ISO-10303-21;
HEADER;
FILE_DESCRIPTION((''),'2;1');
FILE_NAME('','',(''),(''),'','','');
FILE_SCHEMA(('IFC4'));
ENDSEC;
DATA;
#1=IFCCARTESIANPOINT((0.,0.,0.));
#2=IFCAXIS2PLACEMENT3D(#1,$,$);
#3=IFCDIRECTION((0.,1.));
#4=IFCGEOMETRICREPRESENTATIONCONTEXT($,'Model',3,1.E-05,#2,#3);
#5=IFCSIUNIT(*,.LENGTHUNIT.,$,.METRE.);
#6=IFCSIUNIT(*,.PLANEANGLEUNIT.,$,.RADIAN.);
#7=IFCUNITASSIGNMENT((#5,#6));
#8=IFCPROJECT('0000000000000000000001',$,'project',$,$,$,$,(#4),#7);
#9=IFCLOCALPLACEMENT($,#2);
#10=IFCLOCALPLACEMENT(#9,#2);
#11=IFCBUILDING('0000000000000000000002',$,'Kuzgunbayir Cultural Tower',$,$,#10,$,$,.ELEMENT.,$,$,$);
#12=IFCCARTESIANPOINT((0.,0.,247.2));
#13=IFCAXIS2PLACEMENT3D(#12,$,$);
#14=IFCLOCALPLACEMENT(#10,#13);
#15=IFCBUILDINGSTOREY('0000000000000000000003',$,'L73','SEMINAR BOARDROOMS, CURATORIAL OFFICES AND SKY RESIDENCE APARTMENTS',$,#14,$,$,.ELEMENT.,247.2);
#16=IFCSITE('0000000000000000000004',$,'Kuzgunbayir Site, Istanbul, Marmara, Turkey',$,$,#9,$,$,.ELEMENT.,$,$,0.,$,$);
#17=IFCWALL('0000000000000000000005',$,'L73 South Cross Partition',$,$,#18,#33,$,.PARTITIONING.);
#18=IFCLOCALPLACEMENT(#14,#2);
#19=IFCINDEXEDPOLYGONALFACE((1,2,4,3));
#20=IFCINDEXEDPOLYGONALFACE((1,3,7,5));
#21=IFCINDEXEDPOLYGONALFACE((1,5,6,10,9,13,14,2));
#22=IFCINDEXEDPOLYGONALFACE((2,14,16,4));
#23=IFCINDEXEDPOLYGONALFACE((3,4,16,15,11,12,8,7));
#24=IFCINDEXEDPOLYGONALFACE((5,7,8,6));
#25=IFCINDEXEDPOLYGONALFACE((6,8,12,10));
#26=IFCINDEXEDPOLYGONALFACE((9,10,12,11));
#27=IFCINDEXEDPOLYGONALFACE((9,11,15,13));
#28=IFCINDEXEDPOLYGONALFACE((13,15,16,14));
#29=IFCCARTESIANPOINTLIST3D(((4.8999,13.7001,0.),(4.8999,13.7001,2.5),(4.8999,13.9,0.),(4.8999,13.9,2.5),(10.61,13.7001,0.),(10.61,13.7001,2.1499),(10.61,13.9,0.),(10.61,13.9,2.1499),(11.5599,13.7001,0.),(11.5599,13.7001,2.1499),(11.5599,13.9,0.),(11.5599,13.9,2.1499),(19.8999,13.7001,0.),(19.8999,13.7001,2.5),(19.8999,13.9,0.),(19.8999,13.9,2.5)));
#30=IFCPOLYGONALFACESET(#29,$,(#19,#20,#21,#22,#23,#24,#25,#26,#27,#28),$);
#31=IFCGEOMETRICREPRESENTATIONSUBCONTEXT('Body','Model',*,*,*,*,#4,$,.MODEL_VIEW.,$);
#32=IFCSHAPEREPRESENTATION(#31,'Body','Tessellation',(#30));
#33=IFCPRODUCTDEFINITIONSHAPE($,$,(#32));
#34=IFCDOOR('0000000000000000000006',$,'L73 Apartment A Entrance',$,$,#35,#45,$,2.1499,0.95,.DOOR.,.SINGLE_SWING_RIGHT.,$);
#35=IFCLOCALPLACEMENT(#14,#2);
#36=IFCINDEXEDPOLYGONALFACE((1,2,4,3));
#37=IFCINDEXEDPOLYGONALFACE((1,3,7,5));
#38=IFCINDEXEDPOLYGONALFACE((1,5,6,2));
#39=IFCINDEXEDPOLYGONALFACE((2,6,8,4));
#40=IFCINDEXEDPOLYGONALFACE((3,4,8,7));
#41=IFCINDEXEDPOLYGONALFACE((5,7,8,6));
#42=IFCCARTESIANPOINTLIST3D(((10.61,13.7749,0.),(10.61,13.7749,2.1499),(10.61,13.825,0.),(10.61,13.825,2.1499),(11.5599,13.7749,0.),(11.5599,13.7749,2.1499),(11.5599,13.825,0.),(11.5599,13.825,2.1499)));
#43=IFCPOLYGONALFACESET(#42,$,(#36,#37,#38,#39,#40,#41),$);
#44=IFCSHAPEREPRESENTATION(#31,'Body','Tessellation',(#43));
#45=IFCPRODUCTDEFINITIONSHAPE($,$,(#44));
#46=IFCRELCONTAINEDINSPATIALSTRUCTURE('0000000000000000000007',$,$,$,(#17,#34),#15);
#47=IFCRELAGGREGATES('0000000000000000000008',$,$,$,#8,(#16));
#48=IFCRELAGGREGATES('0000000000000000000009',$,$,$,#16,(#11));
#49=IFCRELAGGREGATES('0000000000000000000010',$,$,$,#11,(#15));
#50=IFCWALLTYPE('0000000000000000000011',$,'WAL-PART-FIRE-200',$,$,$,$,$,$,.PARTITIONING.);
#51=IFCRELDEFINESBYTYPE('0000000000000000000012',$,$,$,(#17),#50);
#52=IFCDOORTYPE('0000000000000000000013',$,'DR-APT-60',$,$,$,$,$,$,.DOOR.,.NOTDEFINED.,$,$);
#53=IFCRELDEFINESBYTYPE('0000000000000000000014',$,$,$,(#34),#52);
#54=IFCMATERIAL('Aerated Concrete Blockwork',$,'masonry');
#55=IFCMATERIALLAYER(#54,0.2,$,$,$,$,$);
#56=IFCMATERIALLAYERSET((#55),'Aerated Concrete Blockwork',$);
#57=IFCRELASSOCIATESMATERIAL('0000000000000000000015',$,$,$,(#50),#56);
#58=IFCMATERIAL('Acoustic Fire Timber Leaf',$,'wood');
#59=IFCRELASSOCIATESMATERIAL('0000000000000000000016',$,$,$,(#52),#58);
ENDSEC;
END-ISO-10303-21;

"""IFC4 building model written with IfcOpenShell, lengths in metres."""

from ifc_helpers import new_model, si_unit, direction, frame, frame_2d, origin, place, context, subcontext, project, spatial, rectangle, extrude, material, layer, layer_set, type_object, element, fill, save


model = new_model("IFC4")

# Units and contexts
model_context = context("Model", 3, precision=1e-05, world=origin(), true_north=direction((0.0, 1.0)))
body_context = subcontext(model_context, "Body", "Model", "MODEL_VIEW")
ifc_project = project(units=[si_unit("LENGTHUNIT", "METRE"), si_unit("PLANEANGLEUNIT", "RADIAN")], contexts=[model_context])

# Site, building, storey
site_placement = place(None, origin())
site = spatial("IfcSite", under=ifc_project, at=site_placement, Name="Kuzgunbayir Site, Istanbul, Marmara, Turkey", CompositionType="ELEMENT", RefElevation=0.0)
building_placement = place(site_placement, origin())
building = spatial("IfcBuilding", under=site, at=building_placement, Name="Kuzgunbayir Cultural Tower", CompositionType="ELEMENT")
storey_placement = place(building_placement, frame((0.0, 0.0, 247.2)))
storey = spatial("IfcBuildingStorey", under=building, at=storey_placement, Name="L73", Description="SEMINAR BOARDROOMS, CURATORIAL OFFICES AND SKY RESIDENCE APARTMENTS", CompositionType="ELEMENT", Elevation=247.2)

# Wall, opening, door
ifc_material_1 = material(Name="Aerated Concrete Blockwork", Category="masonry")
ifc_layer_1 = layer(ifc_material_1, 0.2)
ifc_layer_set_1 = layer_set([ifc_layer_1], Name="Aerated Concrete Blockwork")
wall_type_1 = type_object("IfcWallType", Name="WAL-PART-FIRE-200", PredefinedType="PARTITIONING", material=ifc_layer_set_1)
wall_1_placement = place(storey_placement, frame((4.8999, 13.8, 0.0), z_axis=(0.0, 0.0, 1.0), x_axis=(1.0, 0.0, 0.0)))
wall_1 = element("IfcWall", 1, at=wall_1_placement, inside=storey, type_object=wall_type_1, Name="L73 South Cross Partition", PredefinedType="PARTITIONING", context=body_context, shape_type="SweptSolid", body=[
    extrude(rectangle(XDim=15.0, YDim=0.2, at=frame_2d((7.5, 0.0))), origin(), (0.0, 0.0, 1.0), 2.5),
])
opening_1_placement = place(wall_1_placement, frame((5.71, 0.0, 0.0)))
opening_1 = element("IfcOpeningElement", 2, at=opening_1_placement, cuts=wall_1, PredefinedType="OPENING", context=body_context, shape_type="SweptSolid", body=[
    extrude(rectangle(XDim=0.95, YDim=2.1499, at=frame_2d((0.4751, 1.075))), frame((0.0, 0.1099, 0.0), z_axis=(0.0, -1.0, 0.0), x_axis=(1.0, 0.0, 0.0)), (0.0, 0.0, 1.0), 0.22),
])
ifc_material_2 = material(Name="Acoustic Fire Timber Leaf", Category="wood")
door_type = type_object("IfcDoorType", Name="DR-APT-60", OperationType="NOTDEFINED", PredefinedType="DOOR", material=ifc_material_2)
door_placement = place(opening_1_placement, origin())
door = element("IfcDoor", 3, at=door_placement, inside=storey, type_object=door_type, Name="L73 Apartment A Entrance", OperationType="SINGLE_SWING_RIGHT", OverallHeight=2.1499, OverallWidth=0.95, PredefinedType="DOOR", context=body_context, shape_type="SweptSolid", body=[
    extrude(rectangle(XDim=0.95, YDim=2.1499, at=frame_2d((0.4751, 1.075))), frame((0.0, 0.0249, 0.0), z_axis=(0.0, -1.0, 0.0), x_axis=(1.0, 0.0, 0.0)), (0.0, 0.0, 1.0), 0.05),
])
fill(opening_1, door)

save(model, "model.ifc")
